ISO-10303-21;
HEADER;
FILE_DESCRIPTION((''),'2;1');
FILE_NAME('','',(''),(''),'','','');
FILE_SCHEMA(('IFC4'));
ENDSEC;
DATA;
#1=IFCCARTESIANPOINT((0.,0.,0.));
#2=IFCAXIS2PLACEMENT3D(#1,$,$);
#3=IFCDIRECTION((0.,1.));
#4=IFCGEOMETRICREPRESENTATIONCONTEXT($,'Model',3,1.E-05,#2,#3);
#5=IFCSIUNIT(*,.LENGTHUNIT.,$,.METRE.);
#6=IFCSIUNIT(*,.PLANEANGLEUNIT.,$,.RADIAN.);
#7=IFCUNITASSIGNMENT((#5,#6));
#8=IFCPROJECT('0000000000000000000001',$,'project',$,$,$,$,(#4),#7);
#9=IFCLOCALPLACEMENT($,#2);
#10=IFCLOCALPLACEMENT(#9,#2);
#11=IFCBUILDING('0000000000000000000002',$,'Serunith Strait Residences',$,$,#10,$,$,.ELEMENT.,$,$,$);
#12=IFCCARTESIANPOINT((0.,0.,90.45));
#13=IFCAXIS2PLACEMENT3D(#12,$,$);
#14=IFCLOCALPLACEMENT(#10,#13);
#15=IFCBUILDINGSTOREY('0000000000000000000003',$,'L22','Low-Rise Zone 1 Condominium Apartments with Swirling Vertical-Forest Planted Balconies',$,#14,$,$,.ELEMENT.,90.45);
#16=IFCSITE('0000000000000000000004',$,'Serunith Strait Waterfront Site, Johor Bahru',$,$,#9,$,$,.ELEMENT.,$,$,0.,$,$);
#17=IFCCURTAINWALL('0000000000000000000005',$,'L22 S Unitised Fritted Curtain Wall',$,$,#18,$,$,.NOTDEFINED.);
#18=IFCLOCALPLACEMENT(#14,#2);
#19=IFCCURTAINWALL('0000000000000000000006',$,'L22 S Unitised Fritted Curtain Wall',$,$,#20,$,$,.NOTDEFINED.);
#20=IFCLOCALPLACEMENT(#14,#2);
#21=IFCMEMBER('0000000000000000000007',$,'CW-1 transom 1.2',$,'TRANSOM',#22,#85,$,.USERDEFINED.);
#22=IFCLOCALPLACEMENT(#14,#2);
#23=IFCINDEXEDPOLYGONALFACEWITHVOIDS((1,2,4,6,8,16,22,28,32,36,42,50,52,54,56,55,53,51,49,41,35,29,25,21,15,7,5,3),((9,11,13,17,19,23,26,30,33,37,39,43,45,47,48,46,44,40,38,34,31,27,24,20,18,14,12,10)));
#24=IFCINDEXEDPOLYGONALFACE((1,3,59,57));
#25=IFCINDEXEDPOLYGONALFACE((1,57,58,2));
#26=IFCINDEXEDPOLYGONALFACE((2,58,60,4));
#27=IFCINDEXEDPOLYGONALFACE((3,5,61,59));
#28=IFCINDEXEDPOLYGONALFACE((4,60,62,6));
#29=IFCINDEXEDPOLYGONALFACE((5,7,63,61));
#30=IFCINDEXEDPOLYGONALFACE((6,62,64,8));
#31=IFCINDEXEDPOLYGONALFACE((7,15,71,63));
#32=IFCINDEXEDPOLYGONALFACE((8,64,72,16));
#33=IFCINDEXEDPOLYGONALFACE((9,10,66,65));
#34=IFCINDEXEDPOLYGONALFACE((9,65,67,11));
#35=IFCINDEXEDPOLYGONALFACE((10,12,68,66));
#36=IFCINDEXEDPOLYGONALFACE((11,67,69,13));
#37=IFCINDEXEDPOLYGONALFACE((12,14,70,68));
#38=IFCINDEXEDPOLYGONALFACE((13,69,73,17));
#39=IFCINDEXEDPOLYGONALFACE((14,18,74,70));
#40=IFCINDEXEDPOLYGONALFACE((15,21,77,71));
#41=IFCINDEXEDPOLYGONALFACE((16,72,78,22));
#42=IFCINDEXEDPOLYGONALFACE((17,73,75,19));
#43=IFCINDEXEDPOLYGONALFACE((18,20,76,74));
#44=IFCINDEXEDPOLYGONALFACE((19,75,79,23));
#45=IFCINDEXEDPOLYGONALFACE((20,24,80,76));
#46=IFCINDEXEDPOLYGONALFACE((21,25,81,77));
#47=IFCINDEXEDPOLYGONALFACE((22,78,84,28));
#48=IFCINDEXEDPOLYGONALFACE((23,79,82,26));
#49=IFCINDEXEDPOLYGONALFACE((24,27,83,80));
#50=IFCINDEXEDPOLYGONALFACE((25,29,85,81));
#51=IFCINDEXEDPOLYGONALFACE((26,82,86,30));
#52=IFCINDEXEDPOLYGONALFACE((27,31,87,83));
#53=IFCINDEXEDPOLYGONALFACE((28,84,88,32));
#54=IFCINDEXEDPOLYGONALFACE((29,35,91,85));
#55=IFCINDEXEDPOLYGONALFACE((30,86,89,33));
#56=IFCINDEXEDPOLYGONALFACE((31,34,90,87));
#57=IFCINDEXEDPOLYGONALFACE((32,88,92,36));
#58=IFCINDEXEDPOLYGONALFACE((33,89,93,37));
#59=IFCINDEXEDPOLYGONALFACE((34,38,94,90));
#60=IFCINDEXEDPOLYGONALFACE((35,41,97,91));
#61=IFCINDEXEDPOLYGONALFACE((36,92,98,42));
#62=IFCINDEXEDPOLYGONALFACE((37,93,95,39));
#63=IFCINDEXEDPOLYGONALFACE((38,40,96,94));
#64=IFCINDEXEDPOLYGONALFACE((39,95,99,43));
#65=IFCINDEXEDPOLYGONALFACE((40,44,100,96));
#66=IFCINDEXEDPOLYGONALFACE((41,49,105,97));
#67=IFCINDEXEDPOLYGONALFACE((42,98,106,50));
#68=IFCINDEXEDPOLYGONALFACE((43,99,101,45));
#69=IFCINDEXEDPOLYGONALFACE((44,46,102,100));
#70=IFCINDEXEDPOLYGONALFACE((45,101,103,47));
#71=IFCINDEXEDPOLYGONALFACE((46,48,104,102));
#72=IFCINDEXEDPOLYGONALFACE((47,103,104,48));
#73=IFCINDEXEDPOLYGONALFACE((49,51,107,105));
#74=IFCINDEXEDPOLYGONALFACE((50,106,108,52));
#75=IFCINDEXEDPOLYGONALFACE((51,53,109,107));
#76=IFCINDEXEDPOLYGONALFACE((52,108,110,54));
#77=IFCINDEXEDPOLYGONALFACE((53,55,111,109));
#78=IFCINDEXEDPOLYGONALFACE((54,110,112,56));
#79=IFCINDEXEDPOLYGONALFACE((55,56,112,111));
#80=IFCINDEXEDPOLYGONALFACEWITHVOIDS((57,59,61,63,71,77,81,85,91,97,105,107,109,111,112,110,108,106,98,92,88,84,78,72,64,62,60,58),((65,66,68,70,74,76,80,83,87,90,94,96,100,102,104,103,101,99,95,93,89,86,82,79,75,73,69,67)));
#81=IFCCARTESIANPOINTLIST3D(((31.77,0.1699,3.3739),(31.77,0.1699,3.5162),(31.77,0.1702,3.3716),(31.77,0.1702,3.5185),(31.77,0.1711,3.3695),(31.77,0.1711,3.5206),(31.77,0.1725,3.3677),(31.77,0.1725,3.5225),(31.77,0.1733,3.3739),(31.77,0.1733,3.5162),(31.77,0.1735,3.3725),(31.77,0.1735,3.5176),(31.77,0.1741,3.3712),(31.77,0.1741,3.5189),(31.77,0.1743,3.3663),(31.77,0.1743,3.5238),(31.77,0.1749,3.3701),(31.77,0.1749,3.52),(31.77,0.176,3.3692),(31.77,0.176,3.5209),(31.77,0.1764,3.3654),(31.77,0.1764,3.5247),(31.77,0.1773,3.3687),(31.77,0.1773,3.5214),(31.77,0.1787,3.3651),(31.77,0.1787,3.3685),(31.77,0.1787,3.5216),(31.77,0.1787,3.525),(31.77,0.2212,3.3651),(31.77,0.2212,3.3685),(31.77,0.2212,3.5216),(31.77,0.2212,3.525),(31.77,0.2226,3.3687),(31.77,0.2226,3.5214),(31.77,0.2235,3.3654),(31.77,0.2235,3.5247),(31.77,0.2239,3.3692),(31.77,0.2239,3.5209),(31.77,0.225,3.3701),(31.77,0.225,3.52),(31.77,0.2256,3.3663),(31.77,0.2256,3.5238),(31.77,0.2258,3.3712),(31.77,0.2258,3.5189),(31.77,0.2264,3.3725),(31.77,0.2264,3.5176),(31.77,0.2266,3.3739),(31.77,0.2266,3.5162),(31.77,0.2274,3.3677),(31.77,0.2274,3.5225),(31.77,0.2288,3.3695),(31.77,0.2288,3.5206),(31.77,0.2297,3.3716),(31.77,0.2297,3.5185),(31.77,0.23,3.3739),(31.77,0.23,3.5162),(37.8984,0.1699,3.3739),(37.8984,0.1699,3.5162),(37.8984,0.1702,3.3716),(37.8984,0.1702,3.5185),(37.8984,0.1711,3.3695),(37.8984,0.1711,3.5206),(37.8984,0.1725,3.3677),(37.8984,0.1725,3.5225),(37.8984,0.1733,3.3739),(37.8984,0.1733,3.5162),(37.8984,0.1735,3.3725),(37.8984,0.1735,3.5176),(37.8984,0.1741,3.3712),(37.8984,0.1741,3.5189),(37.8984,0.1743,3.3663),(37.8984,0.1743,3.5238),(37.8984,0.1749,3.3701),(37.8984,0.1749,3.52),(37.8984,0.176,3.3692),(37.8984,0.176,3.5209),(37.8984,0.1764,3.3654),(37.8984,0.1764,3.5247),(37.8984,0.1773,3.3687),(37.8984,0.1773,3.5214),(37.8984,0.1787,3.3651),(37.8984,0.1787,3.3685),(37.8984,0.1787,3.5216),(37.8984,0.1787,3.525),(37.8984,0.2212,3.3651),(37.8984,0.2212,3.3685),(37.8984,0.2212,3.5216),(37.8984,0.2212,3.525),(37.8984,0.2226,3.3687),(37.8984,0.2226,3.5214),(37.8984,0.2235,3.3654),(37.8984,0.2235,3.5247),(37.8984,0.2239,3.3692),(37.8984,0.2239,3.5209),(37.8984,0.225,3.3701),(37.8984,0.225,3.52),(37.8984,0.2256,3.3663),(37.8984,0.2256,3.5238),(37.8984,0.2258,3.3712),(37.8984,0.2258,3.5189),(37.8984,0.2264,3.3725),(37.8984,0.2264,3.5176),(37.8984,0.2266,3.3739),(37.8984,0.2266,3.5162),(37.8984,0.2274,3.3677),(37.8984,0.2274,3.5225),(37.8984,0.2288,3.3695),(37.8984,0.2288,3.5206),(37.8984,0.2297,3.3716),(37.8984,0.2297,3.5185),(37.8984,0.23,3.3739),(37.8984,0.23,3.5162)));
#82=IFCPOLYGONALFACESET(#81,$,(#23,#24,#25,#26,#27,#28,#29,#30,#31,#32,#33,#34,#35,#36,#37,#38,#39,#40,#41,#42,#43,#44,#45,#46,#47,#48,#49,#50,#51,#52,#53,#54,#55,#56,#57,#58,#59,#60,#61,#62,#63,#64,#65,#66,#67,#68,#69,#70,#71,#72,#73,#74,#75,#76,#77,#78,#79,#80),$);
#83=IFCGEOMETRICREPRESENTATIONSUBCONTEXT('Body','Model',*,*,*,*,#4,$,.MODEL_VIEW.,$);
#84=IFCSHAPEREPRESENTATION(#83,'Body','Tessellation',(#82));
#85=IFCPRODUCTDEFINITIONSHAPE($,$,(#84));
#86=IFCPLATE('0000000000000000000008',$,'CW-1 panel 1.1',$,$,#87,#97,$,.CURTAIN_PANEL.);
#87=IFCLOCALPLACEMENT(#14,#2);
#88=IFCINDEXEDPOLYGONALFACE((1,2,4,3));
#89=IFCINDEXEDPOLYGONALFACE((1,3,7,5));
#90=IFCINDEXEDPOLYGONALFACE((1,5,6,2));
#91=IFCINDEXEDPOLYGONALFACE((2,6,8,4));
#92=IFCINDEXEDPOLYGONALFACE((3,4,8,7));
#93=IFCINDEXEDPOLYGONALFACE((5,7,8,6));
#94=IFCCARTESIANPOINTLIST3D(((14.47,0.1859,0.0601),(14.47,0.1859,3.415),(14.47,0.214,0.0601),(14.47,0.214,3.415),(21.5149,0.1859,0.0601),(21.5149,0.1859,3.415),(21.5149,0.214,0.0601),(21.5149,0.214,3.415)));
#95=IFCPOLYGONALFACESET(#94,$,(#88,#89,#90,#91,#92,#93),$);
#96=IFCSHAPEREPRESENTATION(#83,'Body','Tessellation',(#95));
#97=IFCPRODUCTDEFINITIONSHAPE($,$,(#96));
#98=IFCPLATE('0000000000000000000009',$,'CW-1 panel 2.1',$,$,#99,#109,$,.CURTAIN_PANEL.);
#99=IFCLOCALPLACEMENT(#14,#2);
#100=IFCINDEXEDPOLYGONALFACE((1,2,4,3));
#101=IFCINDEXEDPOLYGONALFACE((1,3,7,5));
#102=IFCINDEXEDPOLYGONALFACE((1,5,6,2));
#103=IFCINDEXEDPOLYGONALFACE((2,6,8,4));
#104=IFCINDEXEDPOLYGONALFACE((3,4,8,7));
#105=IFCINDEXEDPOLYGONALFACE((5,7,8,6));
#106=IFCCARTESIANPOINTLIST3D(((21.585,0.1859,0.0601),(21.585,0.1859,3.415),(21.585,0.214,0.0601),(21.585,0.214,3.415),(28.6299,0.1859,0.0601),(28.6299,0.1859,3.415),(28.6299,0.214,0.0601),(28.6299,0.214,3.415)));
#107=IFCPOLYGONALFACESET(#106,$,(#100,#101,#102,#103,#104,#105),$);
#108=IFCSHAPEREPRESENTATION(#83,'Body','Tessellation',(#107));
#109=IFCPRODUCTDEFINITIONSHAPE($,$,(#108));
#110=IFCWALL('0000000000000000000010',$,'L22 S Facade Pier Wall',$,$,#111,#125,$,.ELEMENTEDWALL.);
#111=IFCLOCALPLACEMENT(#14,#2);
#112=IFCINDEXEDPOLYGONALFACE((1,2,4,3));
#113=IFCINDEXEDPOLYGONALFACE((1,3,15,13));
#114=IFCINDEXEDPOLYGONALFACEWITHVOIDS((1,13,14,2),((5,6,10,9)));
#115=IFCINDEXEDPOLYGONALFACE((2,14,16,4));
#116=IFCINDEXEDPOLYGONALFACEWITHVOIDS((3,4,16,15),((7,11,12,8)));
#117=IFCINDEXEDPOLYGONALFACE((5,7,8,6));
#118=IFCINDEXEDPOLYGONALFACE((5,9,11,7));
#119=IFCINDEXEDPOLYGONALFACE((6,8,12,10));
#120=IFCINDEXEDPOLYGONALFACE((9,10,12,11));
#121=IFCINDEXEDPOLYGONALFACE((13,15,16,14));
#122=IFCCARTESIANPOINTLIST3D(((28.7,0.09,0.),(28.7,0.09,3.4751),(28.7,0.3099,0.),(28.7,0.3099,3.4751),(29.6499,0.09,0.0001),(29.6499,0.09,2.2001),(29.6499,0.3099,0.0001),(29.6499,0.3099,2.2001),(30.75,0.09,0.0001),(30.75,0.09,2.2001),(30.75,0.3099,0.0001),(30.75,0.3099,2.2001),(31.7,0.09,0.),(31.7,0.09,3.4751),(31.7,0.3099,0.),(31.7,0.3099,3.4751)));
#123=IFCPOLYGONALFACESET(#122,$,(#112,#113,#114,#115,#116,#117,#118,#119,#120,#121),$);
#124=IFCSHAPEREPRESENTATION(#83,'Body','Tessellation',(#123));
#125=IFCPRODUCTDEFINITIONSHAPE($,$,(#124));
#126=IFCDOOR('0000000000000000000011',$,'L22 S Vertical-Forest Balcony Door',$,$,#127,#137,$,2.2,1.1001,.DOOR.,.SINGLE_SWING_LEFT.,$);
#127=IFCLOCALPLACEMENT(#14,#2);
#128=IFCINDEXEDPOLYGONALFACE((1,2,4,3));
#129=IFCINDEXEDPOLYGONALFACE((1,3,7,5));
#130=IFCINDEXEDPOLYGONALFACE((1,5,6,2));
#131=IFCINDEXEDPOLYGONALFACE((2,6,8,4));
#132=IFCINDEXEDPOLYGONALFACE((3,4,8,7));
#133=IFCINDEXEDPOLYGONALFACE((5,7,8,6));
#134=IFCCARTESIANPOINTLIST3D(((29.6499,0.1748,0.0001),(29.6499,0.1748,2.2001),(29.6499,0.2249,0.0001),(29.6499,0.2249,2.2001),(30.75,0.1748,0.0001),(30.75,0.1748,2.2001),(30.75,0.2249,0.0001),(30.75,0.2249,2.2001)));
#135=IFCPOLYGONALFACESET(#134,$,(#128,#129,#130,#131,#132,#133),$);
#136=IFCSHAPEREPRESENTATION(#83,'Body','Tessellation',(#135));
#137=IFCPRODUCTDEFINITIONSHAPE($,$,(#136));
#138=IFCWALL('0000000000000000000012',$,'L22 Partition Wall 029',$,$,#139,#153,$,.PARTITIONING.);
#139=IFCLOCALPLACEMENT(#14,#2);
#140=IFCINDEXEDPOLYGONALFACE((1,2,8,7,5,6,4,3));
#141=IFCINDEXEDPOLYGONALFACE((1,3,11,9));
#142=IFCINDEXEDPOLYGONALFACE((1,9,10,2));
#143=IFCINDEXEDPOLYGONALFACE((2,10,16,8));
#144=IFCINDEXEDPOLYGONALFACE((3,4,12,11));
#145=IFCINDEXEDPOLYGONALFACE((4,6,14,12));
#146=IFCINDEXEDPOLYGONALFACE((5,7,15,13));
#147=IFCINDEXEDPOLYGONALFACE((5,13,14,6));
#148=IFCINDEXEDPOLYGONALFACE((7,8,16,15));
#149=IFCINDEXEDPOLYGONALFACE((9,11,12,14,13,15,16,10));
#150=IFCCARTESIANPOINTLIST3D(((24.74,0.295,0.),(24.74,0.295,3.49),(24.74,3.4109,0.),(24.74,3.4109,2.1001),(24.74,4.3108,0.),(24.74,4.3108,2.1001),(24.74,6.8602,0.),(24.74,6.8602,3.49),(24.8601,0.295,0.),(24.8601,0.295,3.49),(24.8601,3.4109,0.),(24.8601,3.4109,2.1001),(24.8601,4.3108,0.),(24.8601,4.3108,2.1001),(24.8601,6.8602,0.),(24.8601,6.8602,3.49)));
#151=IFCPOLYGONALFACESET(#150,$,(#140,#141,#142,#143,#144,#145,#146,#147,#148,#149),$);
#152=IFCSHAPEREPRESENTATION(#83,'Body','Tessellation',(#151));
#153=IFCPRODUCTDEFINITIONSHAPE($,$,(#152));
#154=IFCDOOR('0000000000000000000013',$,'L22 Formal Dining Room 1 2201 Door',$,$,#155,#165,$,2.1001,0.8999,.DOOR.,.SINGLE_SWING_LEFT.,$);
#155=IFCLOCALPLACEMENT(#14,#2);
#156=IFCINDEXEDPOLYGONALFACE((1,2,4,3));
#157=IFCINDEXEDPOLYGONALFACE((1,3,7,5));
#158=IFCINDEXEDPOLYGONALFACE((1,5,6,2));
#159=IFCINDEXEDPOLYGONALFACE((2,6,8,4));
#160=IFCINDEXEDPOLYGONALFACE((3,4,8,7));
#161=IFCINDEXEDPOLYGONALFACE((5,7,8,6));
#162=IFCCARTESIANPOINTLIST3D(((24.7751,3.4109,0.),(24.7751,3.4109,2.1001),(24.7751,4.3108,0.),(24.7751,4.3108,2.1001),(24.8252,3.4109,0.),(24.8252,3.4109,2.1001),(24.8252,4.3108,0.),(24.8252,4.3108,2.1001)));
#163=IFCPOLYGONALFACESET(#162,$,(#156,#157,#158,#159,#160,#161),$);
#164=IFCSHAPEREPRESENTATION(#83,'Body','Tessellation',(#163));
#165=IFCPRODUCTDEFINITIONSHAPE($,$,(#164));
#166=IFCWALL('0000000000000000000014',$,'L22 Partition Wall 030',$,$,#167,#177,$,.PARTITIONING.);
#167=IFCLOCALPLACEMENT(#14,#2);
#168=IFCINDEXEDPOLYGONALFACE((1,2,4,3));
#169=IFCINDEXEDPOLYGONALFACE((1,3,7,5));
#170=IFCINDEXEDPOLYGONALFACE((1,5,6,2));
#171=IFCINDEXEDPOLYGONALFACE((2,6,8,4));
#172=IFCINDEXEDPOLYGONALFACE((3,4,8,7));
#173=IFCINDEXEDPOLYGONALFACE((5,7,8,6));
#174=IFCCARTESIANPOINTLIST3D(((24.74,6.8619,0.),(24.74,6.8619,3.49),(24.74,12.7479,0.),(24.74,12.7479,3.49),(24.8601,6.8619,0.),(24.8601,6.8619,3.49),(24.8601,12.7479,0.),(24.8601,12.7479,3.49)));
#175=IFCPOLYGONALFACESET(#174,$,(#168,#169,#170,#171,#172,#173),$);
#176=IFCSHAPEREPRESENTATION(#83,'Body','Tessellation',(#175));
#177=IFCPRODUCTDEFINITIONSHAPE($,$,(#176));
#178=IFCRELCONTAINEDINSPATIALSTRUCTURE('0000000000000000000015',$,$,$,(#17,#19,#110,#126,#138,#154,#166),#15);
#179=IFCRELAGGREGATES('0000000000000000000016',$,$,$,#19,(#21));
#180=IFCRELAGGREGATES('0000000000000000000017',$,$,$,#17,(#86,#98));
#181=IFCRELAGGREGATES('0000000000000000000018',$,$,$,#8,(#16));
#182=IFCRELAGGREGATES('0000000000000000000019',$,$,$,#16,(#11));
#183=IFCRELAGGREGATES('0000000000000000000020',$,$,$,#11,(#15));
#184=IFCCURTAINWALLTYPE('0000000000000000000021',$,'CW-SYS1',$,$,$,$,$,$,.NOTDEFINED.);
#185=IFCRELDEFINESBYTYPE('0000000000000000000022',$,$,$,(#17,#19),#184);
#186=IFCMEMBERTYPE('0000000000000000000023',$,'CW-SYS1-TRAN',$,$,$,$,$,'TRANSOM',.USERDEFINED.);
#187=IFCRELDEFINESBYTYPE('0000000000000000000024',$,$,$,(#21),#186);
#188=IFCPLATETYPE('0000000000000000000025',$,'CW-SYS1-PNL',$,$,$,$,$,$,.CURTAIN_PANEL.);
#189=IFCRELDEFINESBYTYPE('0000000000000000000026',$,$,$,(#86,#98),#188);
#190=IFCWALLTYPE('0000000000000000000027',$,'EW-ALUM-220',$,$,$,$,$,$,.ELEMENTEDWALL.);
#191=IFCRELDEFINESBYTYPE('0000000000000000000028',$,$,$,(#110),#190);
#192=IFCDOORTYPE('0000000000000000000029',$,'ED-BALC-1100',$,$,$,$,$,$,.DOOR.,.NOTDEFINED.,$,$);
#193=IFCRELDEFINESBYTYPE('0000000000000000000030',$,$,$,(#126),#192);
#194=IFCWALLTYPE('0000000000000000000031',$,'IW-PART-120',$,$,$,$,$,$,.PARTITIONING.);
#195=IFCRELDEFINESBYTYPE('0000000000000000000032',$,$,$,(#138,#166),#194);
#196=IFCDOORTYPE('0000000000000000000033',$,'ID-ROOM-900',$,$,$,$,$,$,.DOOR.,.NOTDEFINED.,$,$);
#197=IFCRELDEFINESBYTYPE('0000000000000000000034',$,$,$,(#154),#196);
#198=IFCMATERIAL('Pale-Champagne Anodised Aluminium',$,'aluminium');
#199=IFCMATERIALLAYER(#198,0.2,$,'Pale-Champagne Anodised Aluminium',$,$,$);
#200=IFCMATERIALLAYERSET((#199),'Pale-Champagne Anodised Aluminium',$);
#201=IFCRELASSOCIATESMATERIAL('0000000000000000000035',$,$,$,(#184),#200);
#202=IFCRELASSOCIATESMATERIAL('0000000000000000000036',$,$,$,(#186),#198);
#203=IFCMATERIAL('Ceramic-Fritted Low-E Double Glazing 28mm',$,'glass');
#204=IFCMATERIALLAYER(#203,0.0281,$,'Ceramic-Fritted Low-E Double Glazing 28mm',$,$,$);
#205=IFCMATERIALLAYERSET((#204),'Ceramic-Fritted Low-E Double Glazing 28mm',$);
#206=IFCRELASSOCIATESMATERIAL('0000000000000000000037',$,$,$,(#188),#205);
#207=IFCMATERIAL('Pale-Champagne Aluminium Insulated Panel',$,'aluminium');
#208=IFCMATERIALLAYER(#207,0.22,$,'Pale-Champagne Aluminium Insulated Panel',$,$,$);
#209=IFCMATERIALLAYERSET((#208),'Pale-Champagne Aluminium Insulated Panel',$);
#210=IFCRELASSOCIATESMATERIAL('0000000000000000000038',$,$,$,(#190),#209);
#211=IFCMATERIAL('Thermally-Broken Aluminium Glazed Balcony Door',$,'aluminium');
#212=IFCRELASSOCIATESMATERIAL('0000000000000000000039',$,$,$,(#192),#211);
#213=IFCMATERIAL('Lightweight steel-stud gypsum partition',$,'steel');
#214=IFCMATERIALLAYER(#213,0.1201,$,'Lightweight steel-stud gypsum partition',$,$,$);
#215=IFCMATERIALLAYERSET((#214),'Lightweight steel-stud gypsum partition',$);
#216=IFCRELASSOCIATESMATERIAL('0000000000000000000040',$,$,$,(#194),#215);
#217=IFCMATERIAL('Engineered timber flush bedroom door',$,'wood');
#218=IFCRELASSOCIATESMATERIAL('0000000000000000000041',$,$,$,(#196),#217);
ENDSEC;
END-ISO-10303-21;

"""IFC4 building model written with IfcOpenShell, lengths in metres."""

from ifc_helpers import new_model, si_unit, direction, frame, frame_2d, origin, origin_2d, place, context, subcontext, project, spatial, rectangle, hollow_rectangle, extrude, source, transform, mapped, material, layer, layer_set, material_profile, profile_set, type_object, element, fill, aggregate, save


model = new_model("IFC4")

# Units and contexts
model_context = context("Model", 3, precision=1e-05, world=origin(), true_north=direction((0.0, 1.0)))
body_context = subcontext(model_context, "Body", "Model", "MODEL_VIEW")
ifc_project = project(units=[si_unit("LENGTHUNIT", "METRE"), si_unit("PLANEANGLEUNIT", "RADIAN")], contexts=[model_context])

# Site, building, storey
site_placement = place(None, origin())
site = spatial("IfcSite", under=ifc_project, at=site_placement, Name="Serunith Strait Waterfront Site, Johor Bahru", CompositionType="ELEMENT", RefElevation=0.0)
building_placement = place(site_placement, origin())
building = spatial("IfcBuilding", under=site, at=building_placement, Name="Serunith Strait Residences", CompositionType="ELEMENT")
storey_placement = place(building_placement, frame((0.0, 0.0, 90.45)))
storey = spatial("IfcBuildingStorey", under=building, at=storey_placement, Name="L22", Description="Low-Rise Zone 1 Condominium Apartments with Swirling Vertical-Forest Planted Balconies", CompositionType="ELEMENT", Elevation=90.45)

# Curtain wall
ifc_material_1 = material(Name="Pale-Champagne Anodised Aluminium", Category="aluminium")
ifc_layer_1 = layer(ifc_material_1, 0.2, Name="Pale-Champagne Anodised Aluminium")
ifc_layer_set_1 = layer_set([ifc_layer_1], Name="Pale-Champagne Anodised Aluminium")
curtain_wall_type = type_object("IfcCurtainWallType", Name="CW-SYS1", PredefinedType="NOTDEFINED", material=ifc_layer_set_1)
curtain_wall_1_placement = place(storey_placement, origin())
curtain_wall_1 = element("IfcCurtainWall", 1, at=curtain_wall_1_placement, inside=storey, type_object=curtain_wall_type, Name="L22 S Unitised Fritted Curtain Wall", PredefinedType="NOTDEFINED")

# Curtain wall
curtain_wall_2_placement = place(storey_placement, origin())
curtain_wall_2 = element("IfcCurtainWall", 2, at=curtain_wall_2_placement, inside=storey, type_object=curtain_wall_type, Name="L22 S Unitised Fritted Curtain Wall", PredefinedType="NOTDEFINED")

# Member
ifc_material_profile_1 = material_profile(ifc_material_1, hollow_rectangle(XDim=0.0601, YDim=0.1599, WallThickness=0.0034, InnerFilletRadius=0.0054, OuterFilletRadius=0.0088, at=origin_2d()), Name="ALU 160x60x3.5")
ifc_profile_set_1 = profile_set([ifc_material_profile_1], Name="Pale-Champagne Anodised Aluminium")
member_type_1 = type_object("IfcMemberType", Name="CW-SYS1-TRAN", ElementType="TRANSOM", PredefinedType="USERDEFINED", material=ifc_profile_set_1)
shared_shape_1 = source(origin(), body_context, "Body", "SweptSolid", [
    extrude(hollow_rectangle(XDim=0.0601, YDim=0.1599, WallThickness=0.0034, InnerFilletRadius=0.0054, OuterFilletRadius=0.0088, at=origin_2d()), origin(), (0.0, 0.0, 1.0), 6.1284),
])
member_1_placement = place(storey_placement, frame((31.77, 0.2, 3.4451), z_axis=(1.0, 0.0, 0.0), x_axis=(0.0, 1.0, 0.0)))
member_1 = element("IfcMember", 3, at=member_1_placement, type_object=member_type_1, Name="CW-1 transom 1.2", ObjectType="TRANSOM", PredefinedType="USERDEFINED", context=body_context, shape_type="MappedRepresentation", body=[
    mapped(shared_shape_1, transform((0.0, 0.0, 0.0), scale=1.0)),
])
aggregate(curtain_wall_2, [member_1])

# Plates
ifc_material_2 = material(Name="Ceramic-Fritted Low-E Double Glazing 28mm", Category="glass")
ifc_layer_2 = layer(ifc_material_2, 0.0281, Name="Ceramic-Fritted Low-E Double Glazing 28mm")
ifc_layer_set_2 = layer_set([ifc_layer_2], Name="Ceramic-Fritted Low-E Double Glazing 28mm")
plate_type = type_object("IfcPlateType", Name="CW-SYS1-PNL", PredefinedType="CURTAIN_PANEL", material=ifc_layer_set_2)
shared_shape_2 = source(origin(), body_context, "Body", "SweptSolid", [
    extrude(rectangle(XDim=7.0449, YDim=0.0281, at=origin_2d()), origin(), (0.0, 0.0, 1.0), 3.355),
])
plate_1_placement = place(storey_placement, frame((17.9924, 0.2, 0.0601), z_axis=(0.0, 0.0, 1.0), x_axis=(1.0, 0.0, 0.0)))
plate_1 = element("IfcPlate", 4, at=plate_1_placement, type_object=plate_type, Name="CW-1 panel 1.1", PredefinedType="CURTAIN_PANEL", context=body_context, shape_type="MappedRepresentation", body=[
    mapped(shared_shape_2, transform((0.0, 0.0, 0.0), scale=1.0)),
])
plate_2_placement = place(storey_placement, frame((25.1074, 0.2, 0.0601), z_axis=(0.0, 0.0, 1.0), x_axis=(1.0, 0.0, 0.0)))
plate_2 = element("IfcPlate", 5, at=plate_2_placement, type_object=plate_type, Name="CW-1 panel 2.1", PredefinedType="CURTAIN_PANEL", context=body_context, shape_type="MappedRepresentation", body=[
    mapped(shared_shape_2, transform((0.0, 0.0, 0.0), scale=1.0)),
])
aggregate(curtain_wall_1, [plate_1, plate_2])

# Walls, openings, doors
ifc_material_3 = material(Name="Pale-Champagne Aluminium Insulated Panel", Category="aluminium")
ifc_layer_3 = layer(ifc_material_3, 0.22, Name="Pale-Champagne Aluminium Insulated Panel")
ifc_layer_set_3 = layer_set([ifc_layer_3], Name="Pale-Champagne Aluminium Insulated Panel")
wall_type_1 = type_object("IfcWallType", Name="EW-ALUM-220", PredefinedType="ELEMENTEDWALL", material=ifc_layer_set_3)
wall_1_placement = place(storey_placement, frame((28.7, 0.2, 0.0), z_axis=(0.0, 0.0, 1.0), x_axis=(1.0, 0.0, 0.0)))
wall_1 = element("IfcWall", 6, at=wall_1_placement, inside=storey, type_object=wall_type_1, Name="L22 S Facade Pier Wall", PredefinedType="ELEMENTEDWALL", context=body_context, shape_type="SweptSolid", body=[
    extrude(rectangle(XDim=3.0, YDim=0.22, at=frame_2d((1.5, 0.0))), origin(), (0.0, 0.0, 1.0), 3.4751),
])
opening_1_placement = place(wall_1_placement, frame((0.95, 0.0, 0.0)))
opening_1 = element("IfcOpeningElement", 7, at=opening_1_placement, cuts=wall_1, PredefinedType="OPENING", context=body_context, shape_type="SweptSolid", body=[
    extrude(rectangle(XDim=1.1001, YDim=2.2, at=frame_2d((0.55, 1.1001))), frame((0.0, 0.1201, 0.0), z_axis=(0.0, -1.0, 0.0), x_axis=(1.0, 0.0, 0.0)), (0.0, 0.0, 1.0), 0.24),
])
ifc_material_4 = material(Name="Thermally-Broken Aluminium Glazed Balcony Door", Category="aluminium")
door_type_1 = type_object("IfcDoorType", Name="ED-BALC-1100", OperationType="NOTDEFINED", PredefinedType="DOOR", material=ifc_material_4)
shared_shape_3 = source(origin(), body_context, "Body", "SweptSolid", [
    extrude(rectangle(XDim=1.1001, YDim=2.2, at=frame_2d((0.55, 1.1001))), frame((0.0, 0.0249, 0.0), z_axis=(0.0, -1.0, 0.0), x_axis=(1.0, 0.0, 0.0)), (0.0, 0.0, 1.0), 0.05),
])
door_1_placement = place(opening_1_placement, origin())
door_1 = element("IfcDoor", 8, at=door_1_placement, inside=storey, type_object=door_type_1, Name="L22 S Vertical-Forest Balcony Door", OperationType="SINGLE_SWING_LEFT", OverallHeight=2.2, OverallWidth=1.1001, PredefinedType="DOOR", context=body_context, shape_type="MappedRepresentation", body=[
    mapped(shared_shape_3, transform((0.0, 0.0, 0.0), scale=1.0)),
])
fill(opening_1, door_1)
ifc_material_5 = material(Name="Lightweight steel-stud gypsum partition", Category="steel")
ifc_layer_4 = layer(ifc_material_5, 0.1201, Name="Lightweight steel-stud gypsum partition")
ifc_layer_set_4 = layer_set([ifc_layer_4], Name="Lightweight steel-stud gypsum partition")
wall_type_2 = type_object("IfcWallType", Name="IW-PART-120", PredefinedType="PARTITIONING", material=ifc_layer_set_4)
wall_2_placement = place(storey_placement, frame((24.8, 0.2949, 0.0), z_axis=(0.0, 0.0, 1.0), x_axis=(0.0, 1.0, 0.0)))
wall_2 = element("IfcWall", 9, at=wall_2_placement, inside=storey, type_object=wall_type_2, Name="L22 Partition Wall 029", PredefinedType="PARTITIONING", context=body_context, shape_type="SweptSolid", body=[
    extrude(rectangle(XDim=6.5652, YDim=0.1201, at=frame_2d((3.2827, 0.0))), origin(), (0.0, 0.0, 1.0), 3.49),
])
opening_2_placement = place(wall_2_placement, frame((3.116, 0.0, 0.0)))
opening_2 = element("IfcOpeningElement", 10, at=opening_2_placement, cuts=wall_2, PredefinedType="OPENING", context=body_context, shape_type="SweptSolid", body=[
    extrude(rectangle(XDim=0.8999, YDim=2.1001, at=frame_2d((0.45, 1.05))), frame((0.0, 0.0701, 0.0), z_axis=(0.0, -1.0, 0.0), x_axis=(1.0, 0.0, 0.0)), (0.0, 0.0, 1.0), 0.1401),
])
ifc_material_6 = material(Name="Engineered timber flush bedroom door", Category="wood")
door_type_2 = type_object("IfcDoorType", Name="ID-ROOM-900", OperationType="NOTDEFINED", PredefinedType="DOOR", material=ifc_material_6)
shared_shape_4 = source(origin(), body_context, "Body", "SweptSolid", [
    extrude(rectangle(XDim=0.8999, YDim=2.1001, at=frame_2d((0.45, 1.05))), frame((0.0, 0.0249, 0.0), z_axis=(0.0, -1.0, 0.0), x_axis=(1.0, 0.0, 0.0)), (0.0, 0.0, 1.0), 0.05),
])
door_2_placement = place(opening_2_placement, origin())
door_2 = element("IfcDoor", 11, at=door_2_placement, inside=storey, type_object=door_type_2, Name="L22 Formal Dining Room 1 2201 Door", OperationType="SINGLE_SWING_LEFT", OverallHeight=2.1001, OverallWidth=0.8999, PredefinedType="DOOR", context=body_context, shape_type="MappedRepresentation", body=[
    mapped(shared_shape_4, transform((0.0, 0.0, 0.0), scale=1.0)),
])
fill(opening_2, door_2)

# Wall
wall_3_placement = place(storey_placement, frame((24.8, 6.8621, 0.0), z_axis=(0.0, 0.0, 1.0), x_axis=(0.0, 1.0, 0.0)))
element("IfcWall", 12, at=wall_3_placement, inside=storey, type_object=wall_type_2, Name="L22 Partition Wall 030", PredefinedType="PARTITIONING", context=body_context, shape_type="SweptSolid", body=[
    extrude(rectangle(XDim=5.886, YDim=0.1201, at=frame_2d((2.9429, 0.0))), origin(), (0.0, 0.0, 1.0), 3.49),
])

save(model, "model.ifc")
